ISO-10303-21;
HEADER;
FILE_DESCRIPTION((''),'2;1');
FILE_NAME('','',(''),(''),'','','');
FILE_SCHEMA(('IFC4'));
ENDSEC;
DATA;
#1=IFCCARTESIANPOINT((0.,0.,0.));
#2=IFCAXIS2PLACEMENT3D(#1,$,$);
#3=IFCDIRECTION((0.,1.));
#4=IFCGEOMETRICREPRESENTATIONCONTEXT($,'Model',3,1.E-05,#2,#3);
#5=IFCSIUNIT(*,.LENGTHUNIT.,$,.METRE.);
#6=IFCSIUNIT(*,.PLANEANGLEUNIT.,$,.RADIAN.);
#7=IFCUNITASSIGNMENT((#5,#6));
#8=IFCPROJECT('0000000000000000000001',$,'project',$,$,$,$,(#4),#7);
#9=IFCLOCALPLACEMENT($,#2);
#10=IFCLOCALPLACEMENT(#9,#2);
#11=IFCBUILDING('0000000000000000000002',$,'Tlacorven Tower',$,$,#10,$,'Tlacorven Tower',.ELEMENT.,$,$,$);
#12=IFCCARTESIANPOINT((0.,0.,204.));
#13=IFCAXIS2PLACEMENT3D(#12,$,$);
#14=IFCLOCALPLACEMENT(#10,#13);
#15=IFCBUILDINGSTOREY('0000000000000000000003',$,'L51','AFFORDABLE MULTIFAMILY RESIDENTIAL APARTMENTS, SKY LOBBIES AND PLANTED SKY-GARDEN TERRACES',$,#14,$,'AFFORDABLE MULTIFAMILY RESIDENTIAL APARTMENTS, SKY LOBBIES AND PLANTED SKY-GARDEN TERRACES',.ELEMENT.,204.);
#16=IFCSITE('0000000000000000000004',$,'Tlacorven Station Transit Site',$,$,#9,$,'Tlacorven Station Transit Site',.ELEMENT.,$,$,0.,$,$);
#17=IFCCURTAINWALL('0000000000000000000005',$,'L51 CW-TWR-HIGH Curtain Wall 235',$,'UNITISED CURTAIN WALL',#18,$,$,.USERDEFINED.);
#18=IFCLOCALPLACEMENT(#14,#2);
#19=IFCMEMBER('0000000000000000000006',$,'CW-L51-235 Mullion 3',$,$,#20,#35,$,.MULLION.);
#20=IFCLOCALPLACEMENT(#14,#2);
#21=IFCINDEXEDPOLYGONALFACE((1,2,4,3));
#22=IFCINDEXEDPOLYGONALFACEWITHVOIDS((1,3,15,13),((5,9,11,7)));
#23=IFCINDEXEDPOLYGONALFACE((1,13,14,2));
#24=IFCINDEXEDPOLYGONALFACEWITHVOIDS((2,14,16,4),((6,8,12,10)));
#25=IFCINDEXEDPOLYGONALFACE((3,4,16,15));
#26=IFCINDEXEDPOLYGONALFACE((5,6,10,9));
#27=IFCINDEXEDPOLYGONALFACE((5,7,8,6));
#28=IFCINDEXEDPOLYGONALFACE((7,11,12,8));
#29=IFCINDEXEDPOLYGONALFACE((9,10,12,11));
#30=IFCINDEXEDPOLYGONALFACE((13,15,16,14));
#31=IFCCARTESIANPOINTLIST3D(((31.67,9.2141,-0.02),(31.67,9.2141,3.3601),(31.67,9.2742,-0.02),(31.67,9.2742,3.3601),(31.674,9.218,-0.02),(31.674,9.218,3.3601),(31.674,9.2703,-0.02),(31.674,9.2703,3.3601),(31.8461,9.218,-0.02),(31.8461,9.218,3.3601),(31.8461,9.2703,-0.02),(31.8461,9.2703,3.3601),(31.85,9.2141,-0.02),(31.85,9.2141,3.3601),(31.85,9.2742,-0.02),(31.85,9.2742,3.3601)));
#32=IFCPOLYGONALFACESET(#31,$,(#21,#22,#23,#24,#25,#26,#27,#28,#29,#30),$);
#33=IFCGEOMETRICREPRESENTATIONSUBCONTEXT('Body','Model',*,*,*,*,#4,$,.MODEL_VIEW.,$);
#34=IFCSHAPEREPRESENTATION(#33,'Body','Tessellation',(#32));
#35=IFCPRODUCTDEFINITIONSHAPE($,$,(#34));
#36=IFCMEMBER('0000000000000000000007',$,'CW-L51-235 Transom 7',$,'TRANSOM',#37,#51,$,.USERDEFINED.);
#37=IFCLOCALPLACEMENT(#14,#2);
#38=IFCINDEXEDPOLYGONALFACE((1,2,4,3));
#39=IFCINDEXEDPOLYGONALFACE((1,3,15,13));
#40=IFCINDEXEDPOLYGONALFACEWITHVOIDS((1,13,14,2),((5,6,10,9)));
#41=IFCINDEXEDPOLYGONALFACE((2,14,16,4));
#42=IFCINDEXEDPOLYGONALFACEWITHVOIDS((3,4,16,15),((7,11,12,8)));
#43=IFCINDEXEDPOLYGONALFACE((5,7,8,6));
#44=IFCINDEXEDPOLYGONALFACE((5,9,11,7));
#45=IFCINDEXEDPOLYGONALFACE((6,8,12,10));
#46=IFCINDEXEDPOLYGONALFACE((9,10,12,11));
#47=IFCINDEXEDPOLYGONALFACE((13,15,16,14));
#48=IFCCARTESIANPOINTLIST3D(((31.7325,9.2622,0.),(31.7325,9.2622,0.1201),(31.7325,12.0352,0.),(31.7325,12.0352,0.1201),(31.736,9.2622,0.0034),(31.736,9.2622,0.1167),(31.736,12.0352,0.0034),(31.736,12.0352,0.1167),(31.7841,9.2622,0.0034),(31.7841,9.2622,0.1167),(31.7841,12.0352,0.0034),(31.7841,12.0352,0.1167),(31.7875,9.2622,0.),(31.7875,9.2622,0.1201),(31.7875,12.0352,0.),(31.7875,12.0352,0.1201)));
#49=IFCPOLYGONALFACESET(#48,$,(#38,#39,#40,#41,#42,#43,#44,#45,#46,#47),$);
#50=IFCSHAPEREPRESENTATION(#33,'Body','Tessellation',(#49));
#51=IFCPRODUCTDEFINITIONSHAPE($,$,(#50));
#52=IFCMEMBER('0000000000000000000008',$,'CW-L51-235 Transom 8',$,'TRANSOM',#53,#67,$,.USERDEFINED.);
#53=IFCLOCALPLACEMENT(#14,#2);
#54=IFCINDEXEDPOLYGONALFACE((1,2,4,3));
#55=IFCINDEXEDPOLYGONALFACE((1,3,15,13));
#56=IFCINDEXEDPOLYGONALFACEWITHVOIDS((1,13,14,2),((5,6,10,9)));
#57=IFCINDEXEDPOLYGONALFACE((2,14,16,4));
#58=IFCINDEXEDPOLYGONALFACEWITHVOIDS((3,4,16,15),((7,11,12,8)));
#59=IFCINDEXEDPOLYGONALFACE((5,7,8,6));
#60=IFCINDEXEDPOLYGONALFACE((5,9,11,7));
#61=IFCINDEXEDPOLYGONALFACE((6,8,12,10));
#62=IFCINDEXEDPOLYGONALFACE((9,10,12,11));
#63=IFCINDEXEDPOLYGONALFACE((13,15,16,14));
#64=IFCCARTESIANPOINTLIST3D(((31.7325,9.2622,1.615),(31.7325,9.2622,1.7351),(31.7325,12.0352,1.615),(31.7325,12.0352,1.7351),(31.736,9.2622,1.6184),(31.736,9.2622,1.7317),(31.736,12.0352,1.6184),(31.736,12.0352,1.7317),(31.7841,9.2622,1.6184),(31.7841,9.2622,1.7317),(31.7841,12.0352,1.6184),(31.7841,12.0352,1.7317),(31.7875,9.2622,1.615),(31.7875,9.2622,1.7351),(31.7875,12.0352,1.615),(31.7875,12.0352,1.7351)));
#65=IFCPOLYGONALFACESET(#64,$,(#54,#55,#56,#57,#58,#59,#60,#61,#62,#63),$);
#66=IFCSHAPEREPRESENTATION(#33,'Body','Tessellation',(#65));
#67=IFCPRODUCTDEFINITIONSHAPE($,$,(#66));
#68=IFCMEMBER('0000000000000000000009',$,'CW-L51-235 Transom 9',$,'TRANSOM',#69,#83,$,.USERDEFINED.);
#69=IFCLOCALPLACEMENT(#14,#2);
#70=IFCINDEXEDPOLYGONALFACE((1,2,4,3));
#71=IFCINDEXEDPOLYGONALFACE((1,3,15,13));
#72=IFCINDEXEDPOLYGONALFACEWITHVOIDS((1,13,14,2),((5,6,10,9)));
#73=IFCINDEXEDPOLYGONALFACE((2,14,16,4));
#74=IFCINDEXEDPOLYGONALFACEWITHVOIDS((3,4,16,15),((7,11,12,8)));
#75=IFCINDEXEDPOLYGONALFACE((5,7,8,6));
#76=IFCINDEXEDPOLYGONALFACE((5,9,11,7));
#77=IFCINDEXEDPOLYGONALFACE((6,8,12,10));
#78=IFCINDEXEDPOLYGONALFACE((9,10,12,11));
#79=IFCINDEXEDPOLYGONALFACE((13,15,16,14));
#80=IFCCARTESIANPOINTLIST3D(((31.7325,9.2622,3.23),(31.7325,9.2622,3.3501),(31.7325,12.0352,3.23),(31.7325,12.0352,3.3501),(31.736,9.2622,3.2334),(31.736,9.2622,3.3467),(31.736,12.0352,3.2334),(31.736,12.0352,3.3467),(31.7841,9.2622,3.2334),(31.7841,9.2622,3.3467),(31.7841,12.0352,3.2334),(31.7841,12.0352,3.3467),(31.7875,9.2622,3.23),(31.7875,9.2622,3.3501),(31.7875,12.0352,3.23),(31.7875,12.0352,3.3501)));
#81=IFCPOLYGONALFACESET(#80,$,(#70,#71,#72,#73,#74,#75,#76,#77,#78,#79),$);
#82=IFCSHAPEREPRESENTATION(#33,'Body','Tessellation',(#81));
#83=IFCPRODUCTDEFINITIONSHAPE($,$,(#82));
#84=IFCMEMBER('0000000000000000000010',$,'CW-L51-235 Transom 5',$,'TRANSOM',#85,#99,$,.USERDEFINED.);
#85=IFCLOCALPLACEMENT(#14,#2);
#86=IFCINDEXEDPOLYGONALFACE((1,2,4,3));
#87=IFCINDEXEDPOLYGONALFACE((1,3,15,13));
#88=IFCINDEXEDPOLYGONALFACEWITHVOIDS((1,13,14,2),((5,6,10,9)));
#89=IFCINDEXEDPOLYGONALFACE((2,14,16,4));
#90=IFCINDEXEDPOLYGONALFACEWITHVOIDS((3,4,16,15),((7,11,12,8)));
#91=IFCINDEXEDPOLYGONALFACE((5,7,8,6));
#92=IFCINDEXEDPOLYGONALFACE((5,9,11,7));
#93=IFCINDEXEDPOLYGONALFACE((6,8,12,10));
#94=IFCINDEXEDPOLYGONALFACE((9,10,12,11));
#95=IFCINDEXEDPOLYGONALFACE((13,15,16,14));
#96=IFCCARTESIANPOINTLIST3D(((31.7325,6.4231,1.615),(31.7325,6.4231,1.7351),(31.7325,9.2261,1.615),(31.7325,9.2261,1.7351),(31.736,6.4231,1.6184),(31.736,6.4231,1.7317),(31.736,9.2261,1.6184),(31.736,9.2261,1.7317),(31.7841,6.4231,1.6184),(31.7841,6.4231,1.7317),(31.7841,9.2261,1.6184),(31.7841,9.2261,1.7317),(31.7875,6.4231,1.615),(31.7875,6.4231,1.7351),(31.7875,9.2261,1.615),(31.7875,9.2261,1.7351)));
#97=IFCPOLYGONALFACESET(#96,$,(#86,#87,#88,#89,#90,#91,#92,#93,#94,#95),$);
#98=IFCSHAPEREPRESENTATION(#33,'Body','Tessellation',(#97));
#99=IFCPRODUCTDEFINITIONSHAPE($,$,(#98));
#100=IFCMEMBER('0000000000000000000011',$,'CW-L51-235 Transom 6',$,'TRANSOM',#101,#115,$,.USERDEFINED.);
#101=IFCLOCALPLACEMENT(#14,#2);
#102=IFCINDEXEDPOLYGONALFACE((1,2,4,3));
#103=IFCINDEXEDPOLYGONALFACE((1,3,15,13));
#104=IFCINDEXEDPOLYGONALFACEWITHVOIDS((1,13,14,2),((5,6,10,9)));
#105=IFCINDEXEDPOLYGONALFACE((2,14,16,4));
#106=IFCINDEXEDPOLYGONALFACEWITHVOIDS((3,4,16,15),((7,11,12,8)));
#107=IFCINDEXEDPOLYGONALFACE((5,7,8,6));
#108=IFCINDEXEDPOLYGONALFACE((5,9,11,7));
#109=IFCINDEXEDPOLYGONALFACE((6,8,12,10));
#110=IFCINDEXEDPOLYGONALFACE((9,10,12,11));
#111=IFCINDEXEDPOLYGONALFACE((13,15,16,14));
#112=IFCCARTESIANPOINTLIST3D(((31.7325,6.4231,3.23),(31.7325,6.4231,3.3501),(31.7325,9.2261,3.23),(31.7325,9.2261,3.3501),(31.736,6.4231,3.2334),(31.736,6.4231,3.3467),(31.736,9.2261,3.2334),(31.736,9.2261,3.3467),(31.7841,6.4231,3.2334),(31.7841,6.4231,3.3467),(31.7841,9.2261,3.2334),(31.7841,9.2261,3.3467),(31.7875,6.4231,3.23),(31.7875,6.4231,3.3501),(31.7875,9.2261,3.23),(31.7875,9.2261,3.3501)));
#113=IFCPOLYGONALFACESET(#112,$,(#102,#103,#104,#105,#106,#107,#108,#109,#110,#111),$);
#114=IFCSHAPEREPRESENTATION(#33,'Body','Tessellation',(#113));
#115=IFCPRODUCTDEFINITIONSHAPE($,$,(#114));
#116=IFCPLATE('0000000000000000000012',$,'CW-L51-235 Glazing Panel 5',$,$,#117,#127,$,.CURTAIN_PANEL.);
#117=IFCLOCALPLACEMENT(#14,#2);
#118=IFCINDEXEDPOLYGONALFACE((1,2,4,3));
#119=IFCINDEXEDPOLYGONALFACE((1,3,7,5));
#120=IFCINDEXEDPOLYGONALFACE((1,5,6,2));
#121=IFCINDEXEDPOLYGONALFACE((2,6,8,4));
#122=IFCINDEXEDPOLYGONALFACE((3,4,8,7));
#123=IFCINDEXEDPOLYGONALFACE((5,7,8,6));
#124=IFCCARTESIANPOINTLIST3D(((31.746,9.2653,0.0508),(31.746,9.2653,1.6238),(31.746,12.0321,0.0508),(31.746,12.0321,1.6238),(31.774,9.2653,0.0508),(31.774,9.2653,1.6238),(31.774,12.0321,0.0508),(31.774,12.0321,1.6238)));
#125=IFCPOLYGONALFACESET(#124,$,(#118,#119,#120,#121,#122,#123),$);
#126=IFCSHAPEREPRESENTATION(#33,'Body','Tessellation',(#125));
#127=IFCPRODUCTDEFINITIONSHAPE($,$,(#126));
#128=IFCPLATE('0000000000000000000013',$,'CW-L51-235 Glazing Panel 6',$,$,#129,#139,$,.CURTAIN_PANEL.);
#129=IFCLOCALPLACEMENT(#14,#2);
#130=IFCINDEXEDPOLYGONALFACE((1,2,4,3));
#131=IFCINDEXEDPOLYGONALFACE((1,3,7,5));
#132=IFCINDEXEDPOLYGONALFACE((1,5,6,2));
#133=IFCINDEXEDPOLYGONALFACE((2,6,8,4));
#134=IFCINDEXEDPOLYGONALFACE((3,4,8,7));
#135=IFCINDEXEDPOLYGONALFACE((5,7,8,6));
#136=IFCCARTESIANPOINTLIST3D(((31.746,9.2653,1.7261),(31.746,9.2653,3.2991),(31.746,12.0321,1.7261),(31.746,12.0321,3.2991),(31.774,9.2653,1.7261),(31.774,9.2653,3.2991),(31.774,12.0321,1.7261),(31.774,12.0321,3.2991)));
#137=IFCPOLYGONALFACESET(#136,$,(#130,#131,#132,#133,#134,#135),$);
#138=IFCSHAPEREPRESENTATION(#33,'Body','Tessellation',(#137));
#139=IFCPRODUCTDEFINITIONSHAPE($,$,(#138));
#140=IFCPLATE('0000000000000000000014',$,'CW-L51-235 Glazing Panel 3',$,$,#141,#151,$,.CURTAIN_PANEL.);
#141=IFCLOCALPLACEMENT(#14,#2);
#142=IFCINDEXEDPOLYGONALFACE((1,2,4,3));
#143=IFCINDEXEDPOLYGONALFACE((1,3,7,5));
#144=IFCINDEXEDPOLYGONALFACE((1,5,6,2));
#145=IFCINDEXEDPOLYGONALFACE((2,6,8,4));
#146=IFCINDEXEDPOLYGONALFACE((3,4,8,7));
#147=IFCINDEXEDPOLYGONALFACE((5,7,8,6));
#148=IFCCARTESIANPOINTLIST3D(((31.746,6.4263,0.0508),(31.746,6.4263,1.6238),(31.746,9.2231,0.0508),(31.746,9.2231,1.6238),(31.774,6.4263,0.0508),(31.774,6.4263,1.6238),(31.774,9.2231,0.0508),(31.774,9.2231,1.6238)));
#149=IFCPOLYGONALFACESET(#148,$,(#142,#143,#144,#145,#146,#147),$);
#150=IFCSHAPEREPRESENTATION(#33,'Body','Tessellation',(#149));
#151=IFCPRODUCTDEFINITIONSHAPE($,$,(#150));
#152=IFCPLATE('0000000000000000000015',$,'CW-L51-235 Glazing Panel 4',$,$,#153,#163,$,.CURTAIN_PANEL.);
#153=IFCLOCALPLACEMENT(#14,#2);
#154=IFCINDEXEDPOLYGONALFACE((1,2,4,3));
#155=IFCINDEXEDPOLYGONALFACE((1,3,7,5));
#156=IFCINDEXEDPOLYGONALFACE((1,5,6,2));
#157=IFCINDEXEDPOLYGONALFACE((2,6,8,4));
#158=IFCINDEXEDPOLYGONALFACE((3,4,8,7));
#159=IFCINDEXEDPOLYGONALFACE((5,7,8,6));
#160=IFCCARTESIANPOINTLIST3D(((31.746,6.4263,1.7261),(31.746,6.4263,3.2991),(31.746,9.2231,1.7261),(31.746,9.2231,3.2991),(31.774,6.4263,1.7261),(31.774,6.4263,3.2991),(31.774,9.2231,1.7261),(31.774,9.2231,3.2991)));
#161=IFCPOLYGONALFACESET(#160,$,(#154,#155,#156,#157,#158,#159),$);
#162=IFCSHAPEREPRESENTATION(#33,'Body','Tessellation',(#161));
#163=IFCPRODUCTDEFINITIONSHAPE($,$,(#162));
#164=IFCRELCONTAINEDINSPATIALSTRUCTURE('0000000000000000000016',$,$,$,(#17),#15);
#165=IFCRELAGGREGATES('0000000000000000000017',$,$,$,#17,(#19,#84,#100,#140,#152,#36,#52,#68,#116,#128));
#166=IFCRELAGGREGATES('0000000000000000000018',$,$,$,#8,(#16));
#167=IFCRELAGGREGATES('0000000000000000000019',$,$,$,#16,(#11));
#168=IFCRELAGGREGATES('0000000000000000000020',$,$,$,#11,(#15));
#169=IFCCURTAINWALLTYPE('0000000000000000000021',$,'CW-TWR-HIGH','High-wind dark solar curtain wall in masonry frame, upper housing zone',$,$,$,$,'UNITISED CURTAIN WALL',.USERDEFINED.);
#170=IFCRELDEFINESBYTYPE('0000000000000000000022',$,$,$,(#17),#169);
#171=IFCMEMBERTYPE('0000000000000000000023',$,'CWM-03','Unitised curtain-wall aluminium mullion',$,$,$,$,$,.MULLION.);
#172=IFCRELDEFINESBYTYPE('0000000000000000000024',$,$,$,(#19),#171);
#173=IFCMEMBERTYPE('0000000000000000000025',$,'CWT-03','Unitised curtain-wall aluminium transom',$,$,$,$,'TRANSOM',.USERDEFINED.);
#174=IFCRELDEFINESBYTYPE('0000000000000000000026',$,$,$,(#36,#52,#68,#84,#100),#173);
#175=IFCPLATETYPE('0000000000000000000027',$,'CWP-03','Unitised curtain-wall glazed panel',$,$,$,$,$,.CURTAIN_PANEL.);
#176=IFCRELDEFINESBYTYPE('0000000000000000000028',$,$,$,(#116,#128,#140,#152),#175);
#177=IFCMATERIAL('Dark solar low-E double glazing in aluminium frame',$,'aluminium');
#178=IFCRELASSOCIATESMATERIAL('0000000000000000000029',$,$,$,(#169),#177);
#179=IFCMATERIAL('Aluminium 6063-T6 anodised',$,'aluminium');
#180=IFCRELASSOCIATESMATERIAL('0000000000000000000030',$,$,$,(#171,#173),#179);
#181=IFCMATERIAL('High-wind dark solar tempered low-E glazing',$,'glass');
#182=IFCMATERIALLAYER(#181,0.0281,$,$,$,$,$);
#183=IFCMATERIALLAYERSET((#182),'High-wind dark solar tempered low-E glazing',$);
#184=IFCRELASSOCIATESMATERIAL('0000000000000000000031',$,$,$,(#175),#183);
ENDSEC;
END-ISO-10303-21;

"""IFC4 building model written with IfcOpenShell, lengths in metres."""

from ifc_helpers import new_model, si_unit, direction, frame, origin, origin_2d, place, context, subcontext, project, spatial, rectangle, hollow_rectangle, extrude, source, transform, mapped, material, layer, layer_set, material_profile, profile_set, type_object, element, aggregate, save


model = new_model("IFC4")

# Units and contexts
model_context = context("Model", 3, precision=1e-05, world=origin(), true_north=direction((0.0, 1.0)))
body_context = subcontext(model_context, "Body", "Model", "MODEL_VIEW")
ifc_project = project(units=[si_unit("LENGTHUNIT", "METRE"), si_unit("PLANEANGLEUNIT", "RADIAN")], contexts=[model_context])

# Site, building, storey
site_placement = place(None, origin())
site = spatial("IfcSite", under=ifc_project, at=site_placement, Name="Tlacorven Station Transit Site", LongName="Tlacorven Station Transit Site", CompositionType="ELEMENT", RefElevation=0.0)
building_placement = place(site_placement, origin())
building = spatial("IfcBuilding", under=site, at=building_placement, Name="Tlacorven Tower", LongName="Tlacorven Tower", CompositionType="ELEMENT")
storey_placement = place(building_placement, frame((0.0, 0.0, 204.0)))
storey = spatial("IfcBuildingStorey", under=building, at=storey_placement, Name="L51", Description="AFFORDABLE MULTIFAMILY RESIDENTIAL APARTMENTS, SKY LOBBIES AND PLANTED SKY-GARDEN TERRACES", LongName="AFFORDABLE MULTIFAMILY RESIDENTIAL APARTMENTS, SKY LOBBIES AND PLANTED SKY-GARDEN TERRACES", CompositionType="ELEMENT", Elevation=204.0)

# Curtain wall, members, plates
ifc_material_1 = material(Name="Dark solar low-E double glazing in aluminium frame", Category="aluminium")
curtain_wall_type = type_object("IfcCurtainWallType", Name="CW-TWR-HIGH", Description="High-wind dark solar curtain wall in masonry frame, upper housing zone", ElementType="UNITISED CURTAIN WALL", PredefinedType="USERDEFINED", material=ifc_material_1)
curtain_wall_placement = place(storey_placement, origin())
curtain_wall = element("IfcCurtainWall", 1, at=curtain_wall_placement, inside=storey, type_object=curtain_wall_type, Name="L51 CW-TWR-HIGH Curtain Wall 235", ObjectType="UNITISED CURTAIN WALL", PredefinedType="USERDEFINED")
ifc_material_2 = material(Name="Aluminium 6063-T6 anodised", Category="aluminium")
ifc_material_profile_1 = material_profile(ifc_material_2, hollow_rectangle(XDim=0.0601, YDim=0.1799, WallThickness=0.0039, at=origin_2d()), Name="ALU MULLION 60X180")
ifc_profile_set_1 = profile_set([ifc_material_profile_1], Name="Aluminium 6063-T6 anodised")
member_type_1 = type_object("IfcMemberType", Name="CWM-03", Description="Unitised curtain-wall aluminium mullion", PredefinedType="MULLION", material=ifc_profile_set_1)
shared_shape_1 = source(origin(), body_context, "Body", "SweptSolid", [
    extrude(hollow_rectangle(XDim=0.0601, YDim=0.1799, WallThickness=0.0039, at=origin_2d()), origin(), (0.0, 0.0, 1.0), 3.3801),
])
member_1_placement = place(storey_placement, frame((31.76, 9.2441, -0.02), z_axis=(0.0, 0.0, 1.0), x_axis=(0.0, 1.0, 0.0)))
member_1 = element("IfcMember", 2, at=member_1_placement, type_object=member_type_1, Name="CW-L51-235 Mullion 3", PredefinedType="MULLION", context=body_context, shape_type="MappedRepresentation", body=[
    mapped(shared_shape_1, transform((0.0, 0.0, 0.0), scale=1.0)),
])
ifc_material_profile_2 = material_profile(ifc_material_2, hollow_rectangle(XDim=0.0549, YDim=0.1201, WallThickness=0.0034, at=origin_2d()), Name="ALU TRANSOM 55X120")
ifc_profile_set_2 = profile_set([ifc_material_profile_2], Name="Aluminium 6063-T6 anodised")
member_type_2 = type_object("IfcMemberType", Name="CWT-03", Description="Unitised curtain-wall aluminium transom", ElementType="TRANSOM", PredefinedType="USERDEFINED", material=ifc_profile_set_2)
shared_shape_2 = source(origin(), body_context, "Body", "SweptSolid", [
    extrude(hollow_rectangle(XDim=0.0549, YDim=0.1201, WallThickness=0.0034, at=origin_2d()), origin(), (0.0, 0.0, 1.0), 2.7729),
])
member_2_placement = place(storey_placement, frame((31.76, 9.2622, 0.0601), z_axis=(0.0, 1.0, 0.0), x_axis=(-1.0, 0.0, 0.0)))
member_2 = element("IfcMember", 3, at=member_2_placement, type_object=member_type_2, Name="CW-L51-235 Transom 7", ObjectType="TRANSOM", PredefinedType="USERDEFINED", context=body_context, shape_type="MappedRepresentation", body=[
    mapped(shared_shape_2, transform((0.0, 0.0, 0.0), scale=1.0)),
])
member_3_placement = place(storey_placement, frame((31.76, 9.2622, 1.675), z_axis=(0.0, 1.0, 0.0), x_axis=(-1.0, 0.0, 0.0)))
member_3 = element("IfcMember", 4, at=member_3_placement, type_object=member_type_2, Name="CW-L51-235 Transom 8", ObjectType="TRANSOM", PredefinedType="USERDEFINED", context=body_context, shape_type="MappedRepresentation", body=[
    mapped(shared_shape_2, transform((0.0, 0.0, 0.0), scale=1.0)),
])
member_4_placement = place(storey_placement, frame((31.76, 9.2622, 3.29), z_axis=(0.0, 1.0, 0.0), x_axis=(-1.0, 0.0, 0.0)))
member_4 = element("IfcMember", 5, at=member_4_placement, type_object=member_type_2, Name="CW-L51-235 Transom 9", ObjectType="TRANSOM", PredefinedType="USERDEFINED", context=body_context, shape_type="MappedRepresentation", body=[
    mapped(shared_shape_2, transform((0.0, 0.0, 0.0), scale=1.0)),
])
shared_shape_3 = source(origin(), body_context, "Body", "SweptSolid", [
    extrude(hollow_rectangle(XDim=0.0549, YDim=0.1201, WallThickness=0.0034, at=origin_2d()), origin(), (0.0, 0.0, 1.0), 2.803),
])
member_5_placement = place(storey_placement, frame((31.76, 6.4231, 1.675), z_axis=(0.0, 1.0, 0.0), x_axis=(-1.0, 0.0, 0.0)))
member_5 = element("IfcMember", 6, at=member_5_placement, type_object=member_type_2, Name="CW-L51-235 Transom 5", ObjectType="TRANSOM", PredefinedType="USERDEFINED", context=body_context, shape_type="MappedRepresentation", body=[
    mapped(shared_shape_3, transform((0.0, 0.0, 0.0), scale=1.0)),
])
member_6_placement = place(storey_placement, frame((31.76, 6.4231, 3.29), z_axis=(0.0, 1.0, 0.0), x_axis=(-1.0, 0.0, 0.0)))
member_6 = element("IfcMember", 7, at=member_6_placement, type_object=member_type_2, Name="CW-L51-235 Transom 6", ObjectType="TRANSOM", PredefinedType="USERDEFINED", context=body_context, shape_type="MappedRepresentation", body=[
    mapped(shared_shape_3, transform((0.0, 0.0, 0.0), scale=1.0)),
])
ifc_material_3 = material(Name="High-wind dark solar tempered low-E glazing", Category="glass")
ifc_layer_1 = layer(ifc_material_3, 0.0281)
ifc_layer_set_1 = layer_set([ifc_layer_1], Name="High-wind dark solar tempered low-E glazing")
plate_type = type_object("IfcPlateType", Name="CWP-03", Description="Unitised curtain-wall glazed panel", PredefinedType="CURTAIN_PANEL", material=ifc_layer_set_1)
shared_shape_4 = source(origin(), body_context, "Body", "SweptSolid", [
    extrude(rectangle(XDim=2.7668, YDim=0.0281, at=origin_2d()), origin(), (0.0, 0.0, 1.0), 1.573),
])
plate_1_placement = place(storey_placement, frame((31.76, 10.6487, 0.0508), z_axis=(0.0, 0.0, 1.0), x_axis=(0.0, 1.0, 0.0)))
plate_1 = element("IfcPlate", 8, at=plate_1_placement, type_object=plate_type, Name="CW-L51-235 Glazing Panel 5", PredefinedType="CURTAIN_PANEL", context=body_context, shape_type="MappedRepresentation", body=[
    mapped(shared_shape_4, transform((0.0, 0.0, 0.0), scale=1.0)),
])
plate_2_placement = place(storey_placement, frame((31.76, 10.6487, 1.7261), z_axis=(0.0, 0.0, 1.0), x_axis=(0.0, 1.0, 0.0)))
plate_2 = element("IfcPlate", 9, at=plate_2_placement, type_object=plate_type, Name="CW-L51-235 Glazing Panel 6", PredefinedType="CURTAIN_PANEL", context=body_context, shape_type="MappedRepresentation", body=[
    mapped(shared_shape_4, transform((0.0, 0.0, 0.0), scale=1.0)),
])
shared_shape_5 = source(origin(), body_context, "Body", "SweptSolid", [
    extrude(rectangle(XDim=2.7969, YDim=0.0281, at=origin_2d()), origin(), (0.0, 0.0, 1.0), 1.573),
])
plate_3_placement = place(storey_placement, frame((31.76, 7.8247, 0.0508), z_axis=(0.0, 0.0, 1.0), x_axis=(0.0, 1.0, 0.0)))
plate_3 = element("IfcPlate", 10, at=plate_3_placement, type_object=plate_type, Name="CW-L51-235 Glazing Panel 3", PredefinedType="CURTAIN_PANEL", context=body_context, shape_type="MappedRepresentation", body=[
    mapped(shared_shape_5, transform((0.0, 0.0, 0.0), scale=1.0)),
])
plate_4_placement = place(storey_placement, frame((31.76, 7.8247, 1.7261), z_axis=(0.0, 0.0, 1.0), x_axis=(0.0, 1.0, 0.0)))
plate_4 = element("IfcPlate", 11, at=plate_4_placement, type_object=plate_type, Name="CW-L51-235 Glazing Panel 4", PredefinedType="CURTAIN_PANEL", context=body_context, shape_type="MappedRepresentation", body=[
    mapped(shared_shape_5, transform((0.0, 0.0, 0.0), scale=1.0)),
])
aggregate(curtain_wall, [member_1, member_5, member_6, plate_3, plate_4, member_2, member_3, member_4, plate_1, plate_2])

save(model, "model.ifc")
